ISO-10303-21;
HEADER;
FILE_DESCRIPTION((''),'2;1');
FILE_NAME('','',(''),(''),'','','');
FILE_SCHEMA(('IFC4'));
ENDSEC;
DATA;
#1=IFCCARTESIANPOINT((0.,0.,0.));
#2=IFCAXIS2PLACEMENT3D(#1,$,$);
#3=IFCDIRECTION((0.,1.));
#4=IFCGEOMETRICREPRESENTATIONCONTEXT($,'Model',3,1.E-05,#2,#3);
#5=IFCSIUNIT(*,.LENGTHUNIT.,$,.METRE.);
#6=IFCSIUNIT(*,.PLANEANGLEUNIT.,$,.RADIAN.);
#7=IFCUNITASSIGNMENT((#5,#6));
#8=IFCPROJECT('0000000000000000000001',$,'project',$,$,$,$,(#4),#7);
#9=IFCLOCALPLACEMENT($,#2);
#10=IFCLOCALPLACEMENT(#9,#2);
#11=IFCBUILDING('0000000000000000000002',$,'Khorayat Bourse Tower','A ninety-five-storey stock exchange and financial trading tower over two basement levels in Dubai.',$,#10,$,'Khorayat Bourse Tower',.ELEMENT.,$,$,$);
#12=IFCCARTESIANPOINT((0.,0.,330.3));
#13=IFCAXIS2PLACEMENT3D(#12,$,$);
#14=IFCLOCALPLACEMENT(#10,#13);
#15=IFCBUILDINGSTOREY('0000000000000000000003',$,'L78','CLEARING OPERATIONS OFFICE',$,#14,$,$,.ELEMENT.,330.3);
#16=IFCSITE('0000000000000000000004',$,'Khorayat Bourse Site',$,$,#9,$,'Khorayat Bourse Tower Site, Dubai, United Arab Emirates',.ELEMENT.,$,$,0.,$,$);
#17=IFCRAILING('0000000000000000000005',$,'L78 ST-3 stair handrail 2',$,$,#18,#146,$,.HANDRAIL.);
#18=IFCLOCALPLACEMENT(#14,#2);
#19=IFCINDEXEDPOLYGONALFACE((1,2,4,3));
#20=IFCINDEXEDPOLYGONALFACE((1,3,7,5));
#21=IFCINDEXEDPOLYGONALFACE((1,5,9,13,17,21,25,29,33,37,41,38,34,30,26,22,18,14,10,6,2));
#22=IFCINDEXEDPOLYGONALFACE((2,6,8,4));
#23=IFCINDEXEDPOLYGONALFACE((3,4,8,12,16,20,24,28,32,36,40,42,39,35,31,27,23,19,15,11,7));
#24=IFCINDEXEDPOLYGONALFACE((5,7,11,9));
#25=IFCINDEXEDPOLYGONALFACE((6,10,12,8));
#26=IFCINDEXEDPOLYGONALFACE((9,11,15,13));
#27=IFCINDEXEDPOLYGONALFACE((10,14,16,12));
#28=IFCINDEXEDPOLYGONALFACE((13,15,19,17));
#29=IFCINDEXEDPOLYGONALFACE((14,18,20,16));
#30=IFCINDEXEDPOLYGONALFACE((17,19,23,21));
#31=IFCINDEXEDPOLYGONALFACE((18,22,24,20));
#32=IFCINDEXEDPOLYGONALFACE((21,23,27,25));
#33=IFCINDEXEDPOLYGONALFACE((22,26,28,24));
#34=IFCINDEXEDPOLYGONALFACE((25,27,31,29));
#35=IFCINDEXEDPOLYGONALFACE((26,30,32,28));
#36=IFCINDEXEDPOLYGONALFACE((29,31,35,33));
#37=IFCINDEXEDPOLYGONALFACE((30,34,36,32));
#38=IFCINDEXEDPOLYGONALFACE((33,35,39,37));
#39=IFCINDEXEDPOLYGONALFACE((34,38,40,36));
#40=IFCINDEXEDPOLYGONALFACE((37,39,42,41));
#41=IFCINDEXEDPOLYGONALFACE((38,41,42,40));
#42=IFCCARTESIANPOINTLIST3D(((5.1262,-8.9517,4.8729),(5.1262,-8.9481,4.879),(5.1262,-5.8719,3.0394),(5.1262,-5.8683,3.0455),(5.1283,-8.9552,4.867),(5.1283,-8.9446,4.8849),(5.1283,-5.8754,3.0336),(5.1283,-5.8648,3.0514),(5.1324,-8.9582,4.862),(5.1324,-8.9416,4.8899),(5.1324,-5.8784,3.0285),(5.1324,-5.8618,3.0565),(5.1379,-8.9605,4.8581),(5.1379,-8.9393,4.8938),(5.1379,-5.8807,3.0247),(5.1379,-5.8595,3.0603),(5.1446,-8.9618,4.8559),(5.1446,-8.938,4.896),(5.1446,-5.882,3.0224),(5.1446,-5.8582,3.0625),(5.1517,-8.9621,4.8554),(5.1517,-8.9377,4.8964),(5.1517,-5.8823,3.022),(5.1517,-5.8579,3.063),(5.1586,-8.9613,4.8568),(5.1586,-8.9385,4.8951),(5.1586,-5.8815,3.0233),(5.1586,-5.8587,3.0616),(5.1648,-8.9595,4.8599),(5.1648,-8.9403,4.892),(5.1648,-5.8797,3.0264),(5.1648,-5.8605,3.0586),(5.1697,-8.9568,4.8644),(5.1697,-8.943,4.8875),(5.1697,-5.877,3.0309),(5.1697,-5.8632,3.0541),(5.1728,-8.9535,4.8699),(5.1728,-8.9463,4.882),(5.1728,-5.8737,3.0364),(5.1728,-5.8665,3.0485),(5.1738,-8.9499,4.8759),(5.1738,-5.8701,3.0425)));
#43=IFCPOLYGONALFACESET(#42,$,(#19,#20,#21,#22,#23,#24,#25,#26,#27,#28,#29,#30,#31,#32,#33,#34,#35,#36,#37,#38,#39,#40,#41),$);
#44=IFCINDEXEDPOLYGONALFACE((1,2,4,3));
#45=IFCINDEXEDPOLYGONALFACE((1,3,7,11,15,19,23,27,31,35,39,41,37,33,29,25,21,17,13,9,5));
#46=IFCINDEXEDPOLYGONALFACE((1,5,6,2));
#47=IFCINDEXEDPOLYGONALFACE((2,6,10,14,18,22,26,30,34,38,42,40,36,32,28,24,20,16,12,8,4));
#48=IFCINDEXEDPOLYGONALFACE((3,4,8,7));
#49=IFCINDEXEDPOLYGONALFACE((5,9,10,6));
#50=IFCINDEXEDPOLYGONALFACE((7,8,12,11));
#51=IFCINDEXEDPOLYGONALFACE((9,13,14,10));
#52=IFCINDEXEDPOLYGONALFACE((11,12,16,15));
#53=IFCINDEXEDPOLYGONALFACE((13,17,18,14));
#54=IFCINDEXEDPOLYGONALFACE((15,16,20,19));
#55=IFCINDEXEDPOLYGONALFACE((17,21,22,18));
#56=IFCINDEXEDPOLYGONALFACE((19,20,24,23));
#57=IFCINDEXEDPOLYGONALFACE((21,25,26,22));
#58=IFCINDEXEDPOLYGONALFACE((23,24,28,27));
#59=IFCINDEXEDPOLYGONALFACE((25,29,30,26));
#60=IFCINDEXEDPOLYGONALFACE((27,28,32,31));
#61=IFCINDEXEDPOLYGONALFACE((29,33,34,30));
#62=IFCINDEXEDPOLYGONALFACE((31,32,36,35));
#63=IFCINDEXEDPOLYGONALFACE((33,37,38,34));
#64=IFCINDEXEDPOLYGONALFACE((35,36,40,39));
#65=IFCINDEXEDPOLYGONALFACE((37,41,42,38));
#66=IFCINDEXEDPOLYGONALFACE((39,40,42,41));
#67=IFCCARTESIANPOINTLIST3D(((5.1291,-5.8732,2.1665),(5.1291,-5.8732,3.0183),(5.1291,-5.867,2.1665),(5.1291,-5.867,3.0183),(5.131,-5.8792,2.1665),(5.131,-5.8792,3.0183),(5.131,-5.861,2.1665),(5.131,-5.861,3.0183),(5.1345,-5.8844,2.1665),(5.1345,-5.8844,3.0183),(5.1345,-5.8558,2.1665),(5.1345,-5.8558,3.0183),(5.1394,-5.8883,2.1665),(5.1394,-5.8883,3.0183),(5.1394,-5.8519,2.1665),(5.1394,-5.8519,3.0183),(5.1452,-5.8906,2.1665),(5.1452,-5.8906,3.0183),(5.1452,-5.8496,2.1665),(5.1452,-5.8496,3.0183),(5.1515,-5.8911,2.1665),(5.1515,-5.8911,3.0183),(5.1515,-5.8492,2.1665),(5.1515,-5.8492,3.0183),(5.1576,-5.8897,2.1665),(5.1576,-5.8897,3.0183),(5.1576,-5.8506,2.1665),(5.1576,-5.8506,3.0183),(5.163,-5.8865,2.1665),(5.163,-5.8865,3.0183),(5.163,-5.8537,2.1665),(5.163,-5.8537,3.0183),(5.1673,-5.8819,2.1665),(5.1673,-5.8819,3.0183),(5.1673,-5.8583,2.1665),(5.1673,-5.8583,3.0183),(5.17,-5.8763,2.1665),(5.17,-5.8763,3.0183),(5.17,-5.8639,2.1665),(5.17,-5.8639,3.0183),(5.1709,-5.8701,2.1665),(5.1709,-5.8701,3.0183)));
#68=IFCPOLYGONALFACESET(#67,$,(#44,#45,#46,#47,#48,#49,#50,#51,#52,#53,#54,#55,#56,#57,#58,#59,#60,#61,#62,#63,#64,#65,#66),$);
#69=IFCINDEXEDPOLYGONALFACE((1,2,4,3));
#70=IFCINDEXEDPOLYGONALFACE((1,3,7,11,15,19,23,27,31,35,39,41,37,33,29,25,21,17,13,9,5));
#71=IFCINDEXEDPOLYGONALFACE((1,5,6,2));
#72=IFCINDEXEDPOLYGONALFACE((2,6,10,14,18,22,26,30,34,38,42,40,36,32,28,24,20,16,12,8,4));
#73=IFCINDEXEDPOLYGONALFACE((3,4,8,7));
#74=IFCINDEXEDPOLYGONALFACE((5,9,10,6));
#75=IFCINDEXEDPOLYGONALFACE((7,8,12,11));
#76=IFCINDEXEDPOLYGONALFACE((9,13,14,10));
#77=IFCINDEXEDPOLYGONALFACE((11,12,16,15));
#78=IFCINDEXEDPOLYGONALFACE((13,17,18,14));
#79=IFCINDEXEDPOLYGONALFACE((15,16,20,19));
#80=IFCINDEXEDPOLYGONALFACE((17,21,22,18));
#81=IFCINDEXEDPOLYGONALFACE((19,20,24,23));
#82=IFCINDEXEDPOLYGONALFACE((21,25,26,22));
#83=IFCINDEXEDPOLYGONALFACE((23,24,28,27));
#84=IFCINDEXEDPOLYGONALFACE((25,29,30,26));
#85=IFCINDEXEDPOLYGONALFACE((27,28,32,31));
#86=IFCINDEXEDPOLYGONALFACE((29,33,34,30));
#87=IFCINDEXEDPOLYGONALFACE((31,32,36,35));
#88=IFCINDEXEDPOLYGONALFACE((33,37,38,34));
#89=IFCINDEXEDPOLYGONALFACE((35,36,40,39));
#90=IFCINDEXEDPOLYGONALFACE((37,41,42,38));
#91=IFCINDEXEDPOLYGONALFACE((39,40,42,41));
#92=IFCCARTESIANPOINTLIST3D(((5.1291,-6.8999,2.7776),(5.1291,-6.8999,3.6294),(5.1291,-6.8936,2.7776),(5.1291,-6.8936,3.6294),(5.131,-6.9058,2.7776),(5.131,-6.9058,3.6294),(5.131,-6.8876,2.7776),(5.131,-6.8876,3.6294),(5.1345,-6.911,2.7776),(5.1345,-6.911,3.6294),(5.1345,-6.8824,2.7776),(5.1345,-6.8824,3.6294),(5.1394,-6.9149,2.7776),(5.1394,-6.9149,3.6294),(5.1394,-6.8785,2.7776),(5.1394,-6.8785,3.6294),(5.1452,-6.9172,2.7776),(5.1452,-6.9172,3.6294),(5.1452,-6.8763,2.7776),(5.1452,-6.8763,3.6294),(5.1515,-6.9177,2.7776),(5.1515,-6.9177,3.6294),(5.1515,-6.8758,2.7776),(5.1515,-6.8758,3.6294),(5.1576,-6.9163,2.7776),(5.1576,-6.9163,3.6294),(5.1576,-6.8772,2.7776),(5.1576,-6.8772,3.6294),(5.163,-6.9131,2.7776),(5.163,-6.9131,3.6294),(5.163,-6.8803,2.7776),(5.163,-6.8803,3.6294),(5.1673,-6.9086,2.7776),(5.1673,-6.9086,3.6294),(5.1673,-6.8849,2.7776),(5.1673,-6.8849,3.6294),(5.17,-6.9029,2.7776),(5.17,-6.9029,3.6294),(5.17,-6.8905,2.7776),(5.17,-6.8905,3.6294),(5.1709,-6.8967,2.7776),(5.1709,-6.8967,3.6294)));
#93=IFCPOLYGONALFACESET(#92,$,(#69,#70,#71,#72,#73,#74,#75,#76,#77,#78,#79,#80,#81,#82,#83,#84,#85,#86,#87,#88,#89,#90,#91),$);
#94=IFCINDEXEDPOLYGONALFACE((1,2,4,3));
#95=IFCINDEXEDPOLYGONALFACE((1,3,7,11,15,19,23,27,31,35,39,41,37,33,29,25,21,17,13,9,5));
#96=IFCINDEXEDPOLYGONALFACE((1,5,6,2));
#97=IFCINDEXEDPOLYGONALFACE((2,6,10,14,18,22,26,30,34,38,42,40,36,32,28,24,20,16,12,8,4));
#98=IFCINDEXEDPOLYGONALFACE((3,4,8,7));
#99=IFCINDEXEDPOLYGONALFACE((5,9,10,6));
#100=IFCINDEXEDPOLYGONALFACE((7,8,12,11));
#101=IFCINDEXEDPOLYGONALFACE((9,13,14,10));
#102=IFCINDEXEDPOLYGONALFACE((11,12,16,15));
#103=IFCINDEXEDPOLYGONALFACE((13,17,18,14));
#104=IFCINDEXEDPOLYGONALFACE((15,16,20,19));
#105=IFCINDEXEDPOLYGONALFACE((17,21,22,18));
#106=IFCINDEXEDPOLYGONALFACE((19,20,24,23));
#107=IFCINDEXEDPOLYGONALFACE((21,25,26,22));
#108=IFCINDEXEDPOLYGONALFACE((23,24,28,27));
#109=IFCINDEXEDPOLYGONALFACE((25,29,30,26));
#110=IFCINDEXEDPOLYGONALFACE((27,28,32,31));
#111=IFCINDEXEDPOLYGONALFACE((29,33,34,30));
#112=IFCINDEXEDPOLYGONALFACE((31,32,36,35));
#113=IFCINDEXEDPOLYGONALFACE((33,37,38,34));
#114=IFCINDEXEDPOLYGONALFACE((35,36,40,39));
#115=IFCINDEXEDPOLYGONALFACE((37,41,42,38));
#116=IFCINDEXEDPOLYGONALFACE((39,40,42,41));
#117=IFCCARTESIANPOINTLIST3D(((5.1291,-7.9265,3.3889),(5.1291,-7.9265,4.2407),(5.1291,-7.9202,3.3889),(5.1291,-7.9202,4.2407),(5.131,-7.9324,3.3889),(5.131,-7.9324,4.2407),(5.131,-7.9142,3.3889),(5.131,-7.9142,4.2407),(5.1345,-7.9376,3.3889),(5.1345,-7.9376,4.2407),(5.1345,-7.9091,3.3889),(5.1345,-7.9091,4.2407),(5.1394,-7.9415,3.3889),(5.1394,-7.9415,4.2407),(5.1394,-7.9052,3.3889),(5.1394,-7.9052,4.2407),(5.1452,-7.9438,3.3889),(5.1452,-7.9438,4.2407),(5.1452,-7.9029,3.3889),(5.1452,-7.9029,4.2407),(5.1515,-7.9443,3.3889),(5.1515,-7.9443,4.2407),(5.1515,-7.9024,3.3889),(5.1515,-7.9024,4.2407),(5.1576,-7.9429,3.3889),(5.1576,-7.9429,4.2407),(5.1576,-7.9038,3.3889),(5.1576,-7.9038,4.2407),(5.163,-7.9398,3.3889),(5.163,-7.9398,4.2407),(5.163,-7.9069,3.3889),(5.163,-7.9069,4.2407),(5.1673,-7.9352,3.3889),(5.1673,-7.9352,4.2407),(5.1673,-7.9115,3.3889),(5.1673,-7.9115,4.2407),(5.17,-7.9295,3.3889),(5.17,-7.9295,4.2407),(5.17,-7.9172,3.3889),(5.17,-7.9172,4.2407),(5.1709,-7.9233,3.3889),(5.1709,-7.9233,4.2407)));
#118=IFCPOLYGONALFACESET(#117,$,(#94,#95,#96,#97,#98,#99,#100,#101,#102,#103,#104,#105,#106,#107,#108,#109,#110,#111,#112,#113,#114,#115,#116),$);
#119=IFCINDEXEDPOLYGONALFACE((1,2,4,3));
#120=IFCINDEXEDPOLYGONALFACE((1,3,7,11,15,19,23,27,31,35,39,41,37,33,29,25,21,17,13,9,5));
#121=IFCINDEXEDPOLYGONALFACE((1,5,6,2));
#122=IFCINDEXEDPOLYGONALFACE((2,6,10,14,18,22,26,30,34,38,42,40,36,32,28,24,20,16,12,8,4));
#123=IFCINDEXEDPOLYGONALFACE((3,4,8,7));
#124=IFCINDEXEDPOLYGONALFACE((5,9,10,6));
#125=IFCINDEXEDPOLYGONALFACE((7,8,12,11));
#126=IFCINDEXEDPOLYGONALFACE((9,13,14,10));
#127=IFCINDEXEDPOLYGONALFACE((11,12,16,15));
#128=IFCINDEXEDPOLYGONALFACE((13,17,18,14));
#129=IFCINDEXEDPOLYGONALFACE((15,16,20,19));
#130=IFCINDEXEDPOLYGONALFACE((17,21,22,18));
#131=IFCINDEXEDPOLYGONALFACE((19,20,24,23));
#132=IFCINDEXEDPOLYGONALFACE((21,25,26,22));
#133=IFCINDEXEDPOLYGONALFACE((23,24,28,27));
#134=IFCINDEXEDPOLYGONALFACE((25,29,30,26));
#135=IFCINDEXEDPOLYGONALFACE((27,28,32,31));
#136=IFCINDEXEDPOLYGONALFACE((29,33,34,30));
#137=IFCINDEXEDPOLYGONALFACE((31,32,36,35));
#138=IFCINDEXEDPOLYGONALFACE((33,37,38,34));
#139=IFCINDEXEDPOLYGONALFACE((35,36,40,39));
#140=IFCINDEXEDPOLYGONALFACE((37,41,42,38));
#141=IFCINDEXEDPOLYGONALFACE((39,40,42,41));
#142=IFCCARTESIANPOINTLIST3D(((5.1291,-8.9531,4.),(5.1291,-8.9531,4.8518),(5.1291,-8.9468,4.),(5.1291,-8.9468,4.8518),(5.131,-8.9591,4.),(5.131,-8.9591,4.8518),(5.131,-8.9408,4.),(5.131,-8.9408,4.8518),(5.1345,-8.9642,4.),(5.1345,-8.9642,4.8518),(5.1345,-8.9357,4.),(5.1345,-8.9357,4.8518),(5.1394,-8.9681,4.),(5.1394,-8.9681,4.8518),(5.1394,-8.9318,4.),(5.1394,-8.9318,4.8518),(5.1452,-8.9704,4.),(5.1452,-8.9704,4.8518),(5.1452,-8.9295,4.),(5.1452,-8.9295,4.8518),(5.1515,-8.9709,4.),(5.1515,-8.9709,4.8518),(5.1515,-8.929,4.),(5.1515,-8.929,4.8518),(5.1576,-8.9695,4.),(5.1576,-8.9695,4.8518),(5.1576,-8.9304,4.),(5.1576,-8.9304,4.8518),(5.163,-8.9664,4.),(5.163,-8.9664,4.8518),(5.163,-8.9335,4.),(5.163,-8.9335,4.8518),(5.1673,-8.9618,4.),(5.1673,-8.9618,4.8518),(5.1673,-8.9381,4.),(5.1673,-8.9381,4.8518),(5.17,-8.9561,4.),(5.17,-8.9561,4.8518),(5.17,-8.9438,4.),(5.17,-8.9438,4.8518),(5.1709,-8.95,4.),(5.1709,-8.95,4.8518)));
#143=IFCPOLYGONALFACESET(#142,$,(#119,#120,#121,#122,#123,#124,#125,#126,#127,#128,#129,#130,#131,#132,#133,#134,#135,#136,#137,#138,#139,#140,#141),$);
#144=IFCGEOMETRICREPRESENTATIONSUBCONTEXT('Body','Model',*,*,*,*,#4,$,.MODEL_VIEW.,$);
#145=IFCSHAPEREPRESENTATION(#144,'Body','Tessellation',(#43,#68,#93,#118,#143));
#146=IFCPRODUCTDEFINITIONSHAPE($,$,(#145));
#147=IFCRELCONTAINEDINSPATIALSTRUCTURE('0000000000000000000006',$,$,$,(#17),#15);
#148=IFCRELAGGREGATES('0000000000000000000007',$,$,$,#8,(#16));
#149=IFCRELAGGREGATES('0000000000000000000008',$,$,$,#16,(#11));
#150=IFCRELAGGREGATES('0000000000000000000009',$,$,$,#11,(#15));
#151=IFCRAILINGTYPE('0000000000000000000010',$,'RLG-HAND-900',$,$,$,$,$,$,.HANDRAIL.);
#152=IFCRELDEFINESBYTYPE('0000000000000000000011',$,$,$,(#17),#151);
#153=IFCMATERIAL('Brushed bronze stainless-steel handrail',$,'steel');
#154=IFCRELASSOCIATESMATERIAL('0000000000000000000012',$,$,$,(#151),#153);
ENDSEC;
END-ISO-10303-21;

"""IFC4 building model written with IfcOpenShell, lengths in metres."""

from ifc_helpers import new_model, si_unit, direction, frame, origin, origin_2d, place, context, subcontext, project, spatial, circle, extrude, source, transform, mapped, material, type_object, element, save


model = new_model("IFC4")

# Units and contexts
model_context = context("Model", 3, precision=1e-05, world=origin(), true_north=direction((0.0, 1.0)))
body_context = subcontext(model_context, "Body", "Model", "MODEL_VIEW")
ifc_project = project(units=[si_unit("LENGTHUNIT", "METRE"), si_unit("PLANEANGLEUNIT", "RADIAN")], contexts=[model_context])

# Site, building, storey
site_placement = place(None, origin())
site = spatial("IfcSite", under=ifc_project, at=site_placement, Name="Khorayat Bourse Site", LongName="Khorayat Bourse Tower Site, Dubai, United Arab Emirates", CompositionType="ELEMENT", RefElevation=0.0)
building_placement = place(site_placement, origin())
building = spatial("IfcBuilding", under=site, at=building_placement, Name="Khorayat Bourse Tower", Description="A ninety-five-storey stock exchange and financial trading tower over two basement levels in Dubai.", LongName="Khorayat Bourse Tower", CompositionType="ELEMENT")
storey_placement = place(building_placement, frame((0.0, 0.0, 330.3)))
storey = spatial("IfcBuildingStorey", under=building, at=storey_placement, Name="L78", Description="CLEARING OPERATIONS OFFICE", CompositionType="ELEMENT", Elevation=330.3)

# Railing
ifc_material_1 = material(Name="Brushed bronze stainless-steel handrail", Category="steel")
railing_type_1 = type_object("IfcRailingType", Name="RLG-HAND-900", PredefinedType="HANDRAIL", material=ifc_material_1)
shared_shape_1 = source(origin(), body_context, "Body", "SweptSolid", [
    extrude(circle(Radius=0.0239, at=origin_2d()), frame((0.0, 0.0, 0.876), z_axis=(0.0, -0.859261, 0.511538), x_axis=(1.0, 0.0, 0.0)), (0.0, 0.0, 1.0), 3.5842),
    extrude(circle(Radius=0.021, at=origin_2d()), origin(), (0.0, 0.0, 1.0), 0.8518),
    extrude(circle(Radius=0.021, at=origin_2d()), frame((0.0, -1.0266, 0.6111)), (0.0, 0.0, 1.0), 0.8518),
    extrude(circle(Radius=0.021, at=origin_2d()), frame((0.0, -2.0532, 1.2224)), (0.0, 0.0, 1.0), 0.8518),
    extrude(circle(Radius=0.021, at=origin_2d()), frame((0.0, -3.0798, 1.8335)), (0.0, 0.0, 1.0), 0.8518),
])
railing_1_placement = place(storey_placement, frame((5.1499, -5.8701, 2.1665)))
element("IfcRailing", 1, at=railing_1_placement, inside=storey, type_object=railing_type_1, Name="L78 ST-3 stair handrail 2", PredefinedType="HANDRAIL", context=body_context, shape_type="MappedRepresentation", body=[
    mapped(shared_shape_1, transform((0.0, 0.0, 0.0), scale=1.0)),
])

save(model, "model.ifc")
